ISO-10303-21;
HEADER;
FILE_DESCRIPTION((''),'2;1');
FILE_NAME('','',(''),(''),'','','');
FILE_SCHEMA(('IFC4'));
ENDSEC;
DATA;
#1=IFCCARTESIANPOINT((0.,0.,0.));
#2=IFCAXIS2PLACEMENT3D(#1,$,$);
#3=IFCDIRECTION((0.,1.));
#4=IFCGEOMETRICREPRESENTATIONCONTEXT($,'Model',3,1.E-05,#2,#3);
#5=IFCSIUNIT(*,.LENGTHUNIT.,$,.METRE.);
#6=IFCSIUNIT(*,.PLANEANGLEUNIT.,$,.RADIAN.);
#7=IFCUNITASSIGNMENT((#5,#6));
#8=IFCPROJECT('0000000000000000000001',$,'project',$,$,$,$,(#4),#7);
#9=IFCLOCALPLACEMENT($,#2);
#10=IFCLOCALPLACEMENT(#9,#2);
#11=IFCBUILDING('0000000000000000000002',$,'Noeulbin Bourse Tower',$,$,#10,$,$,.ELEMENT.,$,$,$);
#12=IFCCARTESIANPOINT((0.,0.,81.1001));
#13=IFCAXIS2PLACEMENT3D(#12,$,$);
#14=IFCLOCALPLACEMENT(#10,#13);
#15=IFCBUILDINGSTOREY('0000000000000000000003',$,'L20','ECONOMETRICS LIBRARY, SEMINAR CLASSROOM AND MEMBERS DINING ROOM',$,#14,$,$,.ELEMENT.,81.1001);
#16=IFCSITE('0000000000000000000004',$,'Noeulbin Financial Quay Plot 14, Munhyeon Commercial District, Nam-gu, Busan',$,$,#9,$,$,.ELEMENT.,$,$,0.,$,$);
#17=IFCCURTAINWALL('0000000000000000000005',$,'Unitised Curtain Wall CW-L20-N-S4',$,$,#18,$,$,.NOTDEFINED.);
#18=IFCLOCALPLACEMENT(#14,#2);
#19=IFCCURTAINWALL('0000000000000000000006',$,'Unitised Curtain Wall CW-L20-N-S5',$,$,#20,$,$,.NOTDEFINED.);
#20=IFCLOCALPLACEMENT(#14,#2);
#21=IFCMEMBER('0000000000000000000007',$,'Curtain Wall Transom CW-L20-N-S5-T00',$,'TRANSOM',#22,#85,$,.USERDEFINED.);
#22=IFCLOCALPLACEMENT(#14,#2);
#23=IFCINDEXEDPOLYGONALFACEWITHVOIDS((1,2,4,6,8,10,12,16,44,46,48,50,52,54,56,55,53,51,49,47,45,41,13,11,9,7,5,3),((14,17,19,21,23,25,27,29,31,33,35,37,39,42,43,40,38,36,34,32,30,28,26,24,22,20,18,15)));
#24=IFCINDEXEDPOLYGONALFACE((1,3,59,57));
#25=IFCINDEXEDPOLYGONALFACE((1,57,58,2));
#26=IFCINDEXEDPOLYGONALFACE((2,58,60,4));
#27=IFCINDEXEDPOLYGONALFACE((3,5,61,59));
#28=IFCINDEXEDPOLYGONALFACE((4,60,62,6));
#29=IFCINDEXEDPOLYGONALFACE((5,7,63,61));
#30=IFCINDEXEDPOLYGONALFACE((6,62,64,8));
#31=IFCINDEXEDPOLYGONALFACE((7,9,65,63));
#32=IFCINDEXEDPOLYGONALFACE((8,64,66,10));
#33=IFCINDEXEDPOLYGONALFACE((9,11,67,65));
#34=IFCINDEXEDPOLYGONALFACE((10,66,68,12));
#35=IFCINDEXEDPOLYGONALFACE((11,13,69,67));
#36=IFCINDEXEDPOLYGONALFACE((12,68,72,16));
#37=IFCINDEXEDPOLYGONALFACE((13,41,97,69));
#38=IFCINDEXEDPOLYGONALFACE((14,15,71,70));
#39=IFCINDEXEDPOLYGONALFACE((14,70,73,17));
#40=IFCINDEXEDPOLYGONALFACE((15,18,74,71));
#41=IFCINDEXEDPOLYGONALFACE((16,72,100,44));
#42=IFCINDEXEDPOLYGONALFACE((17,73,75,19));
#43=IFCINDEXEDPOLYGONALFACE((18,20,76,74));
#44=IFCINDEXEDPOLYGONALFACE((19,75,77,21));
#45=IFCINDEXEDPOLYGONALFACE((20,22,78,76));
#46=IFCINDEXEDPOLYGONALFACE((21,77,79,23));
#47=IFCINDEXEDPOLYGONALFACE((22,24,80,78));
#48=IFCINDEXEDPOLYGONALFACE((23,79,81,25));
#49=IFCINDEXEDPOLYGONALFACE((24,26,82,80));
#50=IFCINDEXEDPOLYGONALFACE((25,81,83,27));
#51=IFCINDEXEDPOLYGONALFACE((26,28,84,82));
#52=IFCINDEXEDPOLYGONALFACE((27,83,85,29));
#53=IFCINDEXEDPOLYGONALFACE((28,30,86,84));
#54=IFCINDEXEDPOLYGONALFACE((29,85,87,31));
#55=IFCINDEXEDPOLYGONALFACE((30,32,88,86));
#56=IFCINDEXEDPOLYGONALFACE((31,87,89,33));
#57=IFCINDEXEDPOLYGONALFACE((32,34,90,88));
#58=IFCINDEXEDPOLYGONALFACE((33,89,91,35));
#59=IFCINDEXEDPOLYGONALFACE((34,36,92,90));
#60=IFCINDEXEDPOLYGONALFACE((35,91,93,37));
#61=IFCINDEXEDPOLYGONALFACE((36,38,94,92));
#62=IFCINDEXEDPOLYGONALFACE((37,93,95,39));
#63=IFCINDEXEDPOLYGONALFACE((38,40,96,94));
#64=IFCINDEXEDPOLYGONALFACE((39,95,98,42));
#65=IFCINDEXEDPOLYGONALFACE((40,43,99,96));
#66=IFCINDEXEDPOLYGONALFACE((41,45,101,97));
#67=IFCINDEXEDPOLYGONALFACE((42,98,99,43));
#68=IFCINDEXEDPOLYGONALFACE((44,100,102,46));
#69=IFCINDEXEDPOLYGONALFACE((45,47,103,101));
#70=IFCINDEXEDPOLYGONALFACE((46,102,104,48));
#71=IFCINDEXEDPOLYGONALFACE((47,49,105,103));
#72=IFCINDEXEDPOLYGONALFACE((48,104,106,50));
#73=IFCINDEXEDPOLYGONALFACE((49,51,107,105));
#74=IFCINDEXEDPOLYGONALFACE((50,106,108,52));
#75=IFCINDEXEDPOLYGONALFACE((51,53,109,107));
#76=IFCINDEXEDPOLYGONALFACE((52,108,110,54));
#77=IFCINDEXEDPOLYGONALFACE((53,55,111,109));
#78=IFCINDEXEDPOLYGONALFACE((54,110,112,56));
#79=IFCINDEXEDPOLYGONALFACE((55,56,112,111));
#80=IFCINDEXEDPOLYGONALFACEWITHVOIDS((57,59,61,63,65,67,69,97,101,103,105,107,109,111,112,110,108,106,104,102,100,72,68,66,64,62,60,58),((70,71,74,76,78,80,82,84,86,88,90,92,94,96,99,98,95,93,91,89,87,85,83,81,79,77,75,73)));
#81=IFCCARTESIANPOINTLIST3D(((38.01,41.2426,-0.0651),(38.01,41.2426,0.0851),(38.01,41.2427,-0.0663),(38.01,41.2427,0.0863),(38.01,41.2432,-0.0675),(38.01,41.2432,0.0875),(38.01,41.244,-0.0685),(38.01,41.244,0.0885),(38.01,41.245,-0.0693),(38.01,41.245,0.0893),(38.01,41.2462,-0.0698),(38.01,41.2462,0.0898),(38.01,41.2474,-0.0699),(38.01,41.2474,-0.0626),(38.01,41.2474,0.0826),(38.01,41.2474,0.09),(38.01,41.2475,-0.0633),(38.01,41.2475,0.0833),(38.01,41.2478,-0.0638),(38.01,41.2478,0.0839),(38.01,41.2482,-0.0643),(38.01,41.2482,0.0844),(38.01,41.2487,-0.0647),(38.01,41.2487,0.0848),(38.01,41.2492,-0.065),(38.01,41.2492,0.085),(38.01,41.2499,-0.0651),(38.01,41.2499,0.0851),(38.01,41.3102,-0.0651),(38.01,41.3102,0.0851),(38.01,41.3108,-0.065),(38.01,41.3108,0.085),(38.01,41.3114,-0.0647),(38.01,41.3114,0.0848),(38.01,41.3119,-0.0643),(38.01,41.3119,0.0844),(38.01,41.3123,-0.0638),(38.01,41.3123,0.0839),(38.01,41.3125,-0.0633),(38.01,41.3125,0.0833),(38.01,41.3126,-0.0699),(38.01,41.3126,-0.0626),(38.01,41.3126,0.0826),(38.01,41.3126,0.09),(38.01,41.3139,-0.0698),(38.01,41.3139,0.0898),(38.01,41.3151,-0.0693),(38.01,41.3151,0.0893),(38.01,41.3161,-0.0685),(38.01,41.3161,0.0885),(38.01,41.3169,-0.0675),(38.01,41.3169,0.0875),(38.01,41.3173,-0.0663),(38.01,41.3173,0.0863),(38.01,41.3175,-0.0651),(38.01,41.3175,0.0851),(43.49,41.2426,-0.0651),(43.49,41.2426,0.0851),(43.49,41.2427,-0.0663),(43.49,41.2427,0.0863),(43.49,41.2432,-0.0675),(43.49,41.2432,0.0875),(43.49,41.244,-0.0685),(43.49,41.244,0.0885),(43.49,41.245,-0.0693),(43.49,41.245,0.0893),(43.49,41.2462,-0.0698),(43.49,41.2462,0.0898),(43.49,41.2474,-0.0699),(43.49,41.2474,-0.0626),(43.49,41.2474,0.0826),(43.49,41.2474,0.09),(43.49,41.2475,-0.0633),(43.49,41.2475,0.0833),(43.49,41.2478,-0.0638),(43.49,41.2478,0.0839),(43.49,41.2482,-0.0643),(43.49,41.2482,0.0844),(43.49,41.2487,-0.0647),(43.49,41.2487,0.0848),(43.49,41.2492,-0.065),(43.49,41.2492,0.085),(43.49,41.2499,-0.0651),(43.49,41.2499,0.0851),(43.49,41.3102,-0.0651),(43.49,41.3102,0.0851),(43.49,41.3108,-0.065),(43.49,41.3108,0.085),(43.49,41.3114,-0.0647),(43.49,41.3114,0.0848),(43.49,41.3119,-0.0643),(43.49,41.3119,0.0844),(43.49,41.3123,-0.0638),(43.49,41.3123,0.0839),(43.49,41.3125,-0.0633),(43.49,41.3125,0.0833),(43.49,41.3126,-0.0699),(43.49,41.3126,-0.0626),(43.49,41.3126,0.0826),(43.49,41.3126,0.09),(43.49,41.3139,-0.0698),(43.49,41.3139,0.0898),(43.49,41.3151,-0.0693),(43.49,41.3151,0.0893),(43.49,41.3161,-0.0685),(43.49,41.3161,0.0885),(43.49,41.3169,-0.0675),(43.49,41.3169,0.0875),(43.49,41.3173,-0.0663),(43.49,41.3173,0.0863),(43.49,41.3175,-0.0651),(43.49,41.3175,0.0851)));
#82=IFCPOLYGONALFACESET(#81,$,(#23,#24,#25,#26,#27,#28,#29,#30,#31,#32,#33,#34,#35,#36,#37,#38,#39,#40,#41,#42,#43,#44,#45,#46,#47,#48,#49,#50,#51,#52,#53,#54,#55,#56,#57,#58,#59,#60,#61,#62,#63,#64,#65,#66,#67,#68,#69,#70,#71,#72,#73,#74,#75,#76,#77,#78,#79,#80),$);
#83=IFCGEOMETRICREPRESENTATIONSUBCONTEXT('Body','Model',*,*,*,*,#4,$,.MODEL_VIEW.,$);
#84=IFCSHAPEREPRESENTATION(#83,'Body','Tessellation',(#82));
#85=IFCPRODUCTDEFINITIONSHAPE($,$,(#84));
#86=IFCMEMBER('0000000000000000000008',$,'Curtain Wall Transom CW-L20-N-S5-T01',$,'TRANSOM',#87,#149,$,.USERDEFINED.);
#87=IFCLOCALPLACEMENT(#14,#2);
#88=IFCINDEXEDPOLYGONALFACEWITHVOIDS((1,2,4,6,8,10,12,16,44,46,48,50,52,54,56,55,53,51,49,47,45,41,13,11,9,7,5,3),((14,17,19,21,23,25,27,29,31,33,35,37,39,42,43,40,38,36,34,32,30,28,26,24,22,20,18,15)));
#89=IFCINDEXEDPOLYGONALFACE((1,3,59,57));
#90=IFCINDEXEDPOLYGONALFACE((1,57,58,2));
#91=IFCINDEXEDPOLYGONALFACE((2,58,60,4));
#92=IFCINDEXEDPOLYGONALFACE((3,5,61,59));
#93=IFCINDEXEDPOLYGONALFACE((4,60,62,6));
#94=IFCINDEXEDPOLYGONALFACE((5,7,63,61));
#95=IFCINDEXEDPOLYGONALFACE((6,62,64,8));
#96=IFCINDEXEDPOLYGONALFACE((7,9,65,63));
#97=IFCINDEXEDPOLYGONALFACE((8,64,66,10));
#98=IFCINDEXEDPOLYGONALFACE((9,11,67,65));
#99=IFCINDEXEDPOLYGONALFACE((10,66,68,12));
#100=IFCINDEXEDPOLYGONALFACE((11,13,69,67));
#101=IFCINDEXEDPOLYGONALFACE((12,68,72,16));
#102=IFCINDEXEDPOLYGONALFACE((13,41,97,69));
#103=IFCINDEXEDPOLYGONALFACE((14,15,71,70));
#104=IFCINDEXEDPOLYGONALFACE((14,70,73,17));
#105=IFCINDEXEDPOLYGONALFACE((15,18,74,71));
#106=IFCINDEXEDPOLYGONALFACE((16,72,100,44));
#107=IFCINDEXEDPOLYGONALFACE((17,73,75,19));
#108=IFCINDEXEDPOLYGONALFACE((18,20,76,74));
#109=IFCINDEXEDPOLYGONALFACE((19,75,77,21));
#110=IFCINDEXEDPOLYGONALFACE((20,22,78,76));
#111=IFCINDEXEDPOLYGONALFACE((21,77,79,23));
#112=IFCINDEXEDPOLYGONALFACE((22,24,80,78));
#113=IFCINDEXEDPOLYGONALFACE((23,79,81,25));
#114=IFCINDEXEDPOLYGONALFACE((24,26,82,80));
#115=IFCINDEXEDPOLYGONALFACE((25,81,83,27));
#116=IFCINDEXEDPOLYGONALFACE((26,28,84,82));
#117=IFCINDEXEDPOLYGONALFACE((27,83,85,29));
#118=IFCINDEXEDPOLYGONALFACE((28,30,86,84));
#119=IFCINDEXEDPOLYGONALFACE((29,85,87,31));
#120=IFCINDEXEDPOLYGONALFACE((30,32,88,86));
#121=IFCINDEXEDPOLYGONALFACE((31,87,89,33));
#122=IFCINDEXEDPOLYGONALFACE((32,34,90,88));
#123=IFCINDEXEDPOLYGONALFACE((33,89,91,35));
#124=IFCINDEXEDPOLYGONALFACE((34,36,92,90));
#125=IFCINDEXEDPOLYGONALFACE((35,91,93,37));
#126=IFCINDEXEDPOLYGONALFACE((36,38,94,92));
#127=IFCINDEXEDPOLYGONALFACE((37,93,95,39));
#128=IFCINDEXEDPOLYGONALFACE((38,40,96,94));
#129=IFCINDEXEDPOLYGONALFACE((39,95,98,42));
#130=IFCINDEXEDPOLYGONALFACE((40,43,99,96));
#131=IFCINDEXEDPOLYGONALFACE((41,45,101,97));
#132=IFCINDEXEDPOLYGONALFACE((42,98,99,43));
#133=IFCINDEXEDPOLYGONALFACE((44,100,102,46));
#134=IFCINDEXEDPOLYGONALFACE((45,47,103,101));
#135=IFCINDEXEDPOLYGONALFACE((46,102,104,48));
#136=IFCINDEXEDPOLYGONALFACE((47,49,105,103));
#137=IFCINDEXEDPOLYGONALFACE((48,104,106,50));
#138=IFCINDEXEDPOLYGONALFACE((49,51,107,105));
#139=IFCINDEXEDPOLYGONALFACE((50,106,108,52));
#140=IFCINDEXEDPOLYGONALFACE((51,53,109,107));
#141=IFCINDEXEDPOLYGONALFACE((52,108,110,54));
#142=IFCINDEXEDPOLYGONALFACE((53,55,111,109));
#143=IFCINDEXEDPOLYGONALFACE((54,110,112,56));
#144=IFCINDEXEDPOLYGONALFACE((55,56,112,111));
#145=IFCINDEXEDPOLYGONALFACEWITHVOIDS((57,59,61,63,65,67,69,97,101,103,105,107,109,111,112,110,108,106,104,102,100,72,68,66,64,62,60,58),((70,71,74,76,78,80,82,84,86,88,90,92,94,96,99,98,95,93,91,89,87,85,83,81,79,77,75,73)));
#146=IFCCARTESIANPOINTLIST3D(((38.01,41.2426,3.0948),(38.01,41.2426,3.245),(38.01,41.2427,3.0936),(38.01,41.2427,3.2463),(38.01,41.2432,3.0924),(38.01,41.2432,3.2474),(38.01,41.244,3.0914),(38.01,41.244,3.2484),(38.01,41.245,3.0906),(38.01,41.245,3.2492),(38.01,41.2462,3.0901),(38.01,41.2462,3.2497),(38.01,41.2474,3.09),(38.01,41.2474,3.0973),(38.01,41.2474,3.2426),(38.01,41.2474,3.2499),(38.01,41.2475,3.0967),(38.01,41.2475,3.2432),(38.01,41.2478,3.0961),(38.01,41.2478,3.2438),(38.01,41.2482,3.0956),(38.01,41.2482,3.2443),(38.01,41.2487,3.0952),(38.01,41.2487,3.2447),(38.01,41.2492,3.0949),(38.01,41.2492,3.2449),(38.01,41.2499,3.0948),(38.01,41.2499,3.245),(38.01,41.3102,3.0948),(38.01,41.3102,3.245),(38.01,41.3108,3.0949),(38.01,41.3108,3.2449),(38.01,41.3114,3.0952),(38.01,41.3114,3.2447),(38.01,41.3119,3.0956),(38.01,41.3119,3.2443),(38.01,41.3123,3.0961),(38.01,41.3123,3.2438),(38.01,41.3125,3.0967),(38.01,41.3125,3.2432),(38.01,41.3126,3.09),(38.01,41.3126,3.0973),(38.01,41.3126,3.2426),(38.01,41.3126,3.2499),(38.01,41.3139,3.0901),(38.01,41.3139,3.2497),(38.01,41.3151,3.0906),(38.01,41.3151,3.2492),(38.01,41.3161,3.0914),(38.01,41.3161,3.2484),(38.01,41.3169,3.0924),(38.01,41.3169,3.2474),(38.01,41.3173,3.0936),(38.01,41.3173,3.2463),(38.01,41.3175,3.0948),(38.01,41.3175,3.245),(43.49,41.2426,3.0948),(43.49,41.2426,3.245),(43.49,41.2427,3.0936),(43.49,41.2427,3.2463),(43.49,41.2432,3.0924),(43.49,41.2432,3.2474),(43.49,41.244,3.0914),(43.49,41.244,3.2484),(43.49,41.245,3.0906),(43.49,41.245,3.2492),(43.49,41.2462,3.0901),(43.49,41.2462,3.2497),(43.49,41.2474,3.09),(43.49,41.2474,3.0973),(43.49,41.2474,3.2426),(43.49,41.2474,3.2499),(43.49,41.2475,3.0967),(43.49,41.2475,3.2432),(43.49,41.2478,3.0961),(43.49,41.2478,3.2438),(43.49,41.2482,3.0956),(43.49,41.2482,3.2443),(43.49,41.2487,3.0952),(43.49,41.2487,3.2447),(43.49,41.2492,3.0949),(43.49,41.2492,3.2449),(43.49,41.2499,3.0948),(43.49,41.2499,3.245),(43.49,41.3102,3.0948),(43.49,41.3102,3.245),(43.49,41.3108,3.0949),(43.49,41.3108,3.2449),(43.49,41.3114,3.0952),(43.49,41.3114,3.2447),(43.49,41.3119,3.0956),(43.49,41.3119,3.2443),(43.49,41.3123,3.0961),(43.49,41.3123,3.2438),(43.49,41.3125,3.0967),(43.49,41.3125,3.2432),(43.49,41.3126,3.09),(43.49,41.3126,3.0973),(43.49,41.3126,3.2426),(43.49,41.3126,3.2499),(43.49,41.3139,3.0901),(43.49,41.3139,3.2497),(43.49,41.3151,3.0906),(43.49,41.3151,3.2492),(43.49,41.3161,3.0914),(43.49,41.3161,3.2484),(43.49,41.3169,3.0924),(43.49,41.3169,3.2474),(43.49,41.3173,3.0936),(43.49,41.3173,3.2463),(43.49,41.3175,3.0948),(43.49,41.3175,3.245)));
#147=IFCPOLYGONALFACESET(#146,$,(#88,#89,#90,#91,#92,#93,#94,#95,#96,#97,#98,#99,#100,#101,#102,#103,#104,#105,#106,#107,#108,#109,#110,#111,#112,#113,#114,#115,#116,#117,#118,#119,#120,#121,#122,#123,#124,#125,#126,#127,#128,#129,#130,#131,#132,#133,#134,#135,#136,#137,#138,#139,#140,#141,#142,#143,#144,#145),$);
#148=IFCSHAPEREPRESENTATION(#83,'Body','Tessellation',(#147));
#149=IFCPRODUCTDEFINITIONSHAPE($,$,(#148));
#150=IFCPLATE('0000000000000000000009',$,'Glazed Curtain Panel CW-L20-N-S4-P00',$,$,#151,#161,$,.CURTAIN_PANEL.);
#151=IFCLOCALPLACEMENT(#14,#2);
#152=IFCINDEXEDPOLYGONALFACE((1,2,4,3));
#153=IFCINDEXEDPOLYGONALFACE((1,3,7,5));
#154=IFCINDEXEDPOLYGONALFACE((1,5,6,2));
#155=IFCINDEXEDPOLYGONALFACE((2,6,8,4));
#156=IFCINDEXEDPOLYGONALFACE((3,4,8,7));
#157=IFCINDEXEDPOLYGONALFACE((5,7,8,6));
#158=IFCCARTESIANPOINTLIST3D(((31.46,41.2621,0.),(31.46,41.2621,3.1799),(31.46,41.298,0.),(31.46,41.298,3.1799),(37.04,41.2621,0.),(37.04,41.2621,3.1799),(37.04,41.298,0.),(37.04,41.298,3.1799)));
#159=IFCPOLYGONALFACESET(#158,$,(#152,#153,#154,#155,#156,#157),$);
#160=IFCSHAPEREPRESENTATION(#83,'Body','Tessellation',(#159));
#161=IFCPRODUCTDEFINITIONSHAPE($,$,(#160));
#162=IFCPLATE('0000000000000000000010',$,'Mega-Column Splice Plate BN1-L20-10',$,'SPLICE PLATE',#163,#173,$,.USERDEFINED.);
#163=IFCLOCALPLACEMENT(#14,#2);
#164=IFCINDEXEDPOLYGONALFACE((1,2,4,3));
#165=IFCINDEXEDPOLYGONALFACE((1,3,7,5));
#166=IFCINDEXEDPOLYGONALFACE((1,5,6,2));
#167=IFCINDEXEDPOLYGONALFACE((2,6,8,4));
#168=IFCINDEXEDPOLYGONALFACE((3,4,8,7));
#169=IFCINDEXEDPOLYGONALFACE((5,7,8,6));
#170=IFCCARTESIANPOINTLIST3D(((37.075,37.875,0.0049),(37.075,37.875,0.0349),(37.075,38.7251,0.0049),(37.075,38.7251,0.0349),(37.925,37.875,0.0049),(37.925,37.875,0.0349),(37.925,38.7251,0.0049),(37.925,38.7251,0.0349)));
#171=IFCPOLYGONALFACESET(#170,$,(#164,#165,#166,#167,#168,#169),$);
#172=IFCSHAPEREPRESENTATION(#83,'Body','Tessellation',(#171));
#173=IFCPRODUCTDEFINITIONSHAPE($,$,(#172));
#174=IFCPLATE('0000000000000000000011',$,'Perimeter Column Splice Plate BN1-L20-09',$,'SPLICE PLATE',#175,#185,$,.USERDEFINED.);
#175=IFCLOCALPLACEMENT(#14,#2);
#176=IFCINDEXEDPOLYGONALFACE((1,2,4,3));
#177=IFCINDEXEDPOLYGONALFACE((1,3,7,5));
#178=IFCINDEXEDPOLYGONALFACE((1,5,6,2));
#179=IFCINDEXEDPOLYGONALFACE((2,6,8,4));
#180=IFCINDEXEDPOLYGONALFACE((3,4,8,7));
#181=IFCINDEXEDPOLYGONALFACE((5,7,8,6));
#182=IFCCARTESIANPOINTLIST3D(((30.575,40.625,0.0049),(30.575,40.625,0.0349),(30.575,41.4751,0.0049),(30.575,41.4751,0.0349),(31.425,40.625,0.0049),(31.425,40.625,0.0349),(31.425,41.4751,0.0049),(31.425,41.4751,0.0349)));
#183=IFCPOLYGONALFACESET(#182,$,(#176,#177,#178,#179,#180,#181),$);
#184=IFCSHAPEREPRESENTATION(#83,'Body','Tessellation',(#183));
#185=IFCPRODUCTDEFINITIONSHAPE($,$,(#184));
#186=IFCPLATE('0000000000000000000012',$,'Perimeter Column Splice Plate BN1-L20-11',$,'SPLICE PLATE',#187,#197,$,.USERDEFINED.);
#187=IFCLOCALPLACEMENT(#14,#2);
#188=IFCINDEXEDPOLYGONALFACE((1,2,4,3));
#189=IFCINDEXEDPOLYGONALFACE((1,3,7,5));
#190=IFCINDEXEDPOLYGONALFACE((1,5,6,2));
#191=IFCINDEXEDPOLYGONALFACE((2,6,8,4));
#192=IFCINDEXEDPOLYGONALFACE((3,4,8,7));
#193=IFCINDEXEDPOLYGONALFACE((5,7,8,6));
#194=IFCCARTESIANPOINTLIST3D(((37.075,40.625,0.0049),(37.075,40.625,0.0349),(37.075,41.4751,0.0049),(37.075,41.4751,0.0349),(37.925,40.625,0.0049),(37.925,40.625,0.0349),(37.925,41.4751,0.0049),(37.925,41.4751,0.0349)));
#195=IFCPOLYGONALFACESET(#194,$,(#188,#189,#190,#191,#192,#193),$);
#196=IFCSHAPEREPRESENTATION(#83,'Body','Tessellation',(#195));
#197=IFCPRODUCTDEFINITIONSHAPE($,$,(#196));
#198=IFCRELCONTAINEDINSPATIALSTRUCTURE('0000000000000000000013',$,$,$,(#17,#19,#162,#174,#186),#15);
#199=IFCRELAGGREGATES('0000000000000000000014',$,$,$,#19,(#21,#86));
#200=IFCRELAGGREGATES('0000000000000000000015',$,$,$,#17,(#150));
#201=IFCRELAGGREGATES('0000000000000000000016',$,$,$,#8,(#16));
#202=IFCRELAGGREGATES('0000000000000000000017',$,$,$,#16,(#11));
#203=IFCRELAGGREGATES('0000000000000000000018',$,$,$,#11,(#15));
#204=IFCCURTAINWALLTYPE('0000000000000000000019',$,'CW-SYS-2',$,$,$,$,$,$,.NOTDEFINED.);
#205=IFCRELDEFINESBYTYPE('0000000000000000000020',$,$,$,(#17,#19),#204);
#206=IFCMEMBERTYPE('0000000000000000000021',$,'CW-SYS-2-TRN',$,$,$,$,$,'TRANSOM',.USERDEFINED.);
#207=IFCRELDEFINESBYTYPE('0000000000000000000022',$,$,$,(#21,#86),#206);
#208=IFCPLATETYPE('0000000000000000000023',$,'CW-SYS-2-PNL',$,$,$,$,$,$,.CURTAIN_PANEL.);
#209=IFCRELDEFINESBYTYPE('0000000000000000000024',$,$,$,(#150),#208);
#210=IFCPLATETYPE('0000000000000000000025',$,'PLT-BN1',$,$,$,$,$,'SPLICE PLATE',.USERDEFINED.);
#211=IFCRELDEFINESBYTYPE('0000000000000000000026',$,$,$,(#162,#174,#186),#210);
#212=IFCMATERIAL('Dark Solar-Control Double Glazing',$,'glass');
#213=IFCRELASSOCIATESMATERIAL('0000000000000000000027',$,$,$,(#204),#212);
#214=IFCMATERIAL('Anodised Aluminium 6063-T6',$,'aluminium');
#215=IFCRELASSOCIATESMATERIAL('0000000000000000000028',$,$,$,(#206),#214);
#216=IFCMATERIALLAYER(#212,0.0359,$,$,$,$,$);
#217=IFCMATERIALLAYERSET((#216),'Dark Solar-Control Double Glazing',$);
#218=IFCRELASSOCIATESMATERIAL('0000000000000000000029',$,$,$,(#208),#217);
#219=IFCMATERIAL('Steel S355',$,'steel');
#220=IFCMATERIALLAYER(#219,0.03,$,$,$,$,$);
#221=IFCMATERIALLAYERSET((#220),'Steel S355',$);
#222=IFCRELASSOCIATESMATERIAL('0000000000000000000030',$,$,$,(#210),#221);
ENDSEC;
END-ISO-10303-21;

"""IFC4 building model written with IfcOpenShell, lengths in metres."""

from ifc_helpers import new_model, si_unit, direction, frame, origin, origin_2d, place, context, subcontext, project, spatial, rectangle, hollow_rectangle, extrude, material, layer, layer_set, material_profile, profile_set, type_object, element, aggregate, save


model = new_model("IFC4")

# Units and contexts
model_context = context("Model", 3, precision=1e-05, world=origin(), true_north=direction((0.0, 1.0)))
body_context = subcontext(model_context, "Body", "Model", "MODEL_VIEW")
ifc_project = project(units=[si_unit("LENGTHUNIT", "METRE"), si_unit("PLANEANGLEUNIT", "RADIAN")], contexts=[model_context])

# Site, building, storey
site_placement = place(None, origin())
site = spatial("IfcSite", under=ifc_project, at=site_placement, Name="Noeulbin Financial Quay Plot 14, Munhyeon Commercial District, Nam-gu, Busan", CompositionType="ELEMENT", RefElevation=0.0)
building_placement = place(site_placement, origin())
building = spatial("IfcBuilding", under=site, at=building_placement, Name="Noeulbin Bourse Tower", CompositionType="ELEMENT")
storey_placement = place(building_placement, frame((0.0, 0.0, 81.1001)))
storey = spatial("IfcBuildingStorey", under=building, at=storey_placement, Name="L20", Description="ECONOMETRICS LIBRARY, SEMINAR CLASSROOM AND MEMBERS DINING ROOM", CompositionType="ELEMENT", Elevation=81.1001)

# Shared definitions
ifc_material_1 = material(Name="Steel S355", Category="steel")

# Shared definitions
ifc_material_2 = material(Name="Dark Solar-Control Double Glazing", Category="glass")
curtain_wall_type = type_object("IfcCurtainWallType", Name="CW-SYS-2", PredefinedType="NOTDEFINED", material=ifc_material_2)
ifc_material_3 = material(Name="Anodised Aluminium 6063-T6", Category="aluminium")

# Curtain wall
curtain_wall_1_placement = place(storey_placement, origin())
curtain_wall_1 = element("IfcCurtainWall", 1, at=curtain_wall_1_placement, inside=storey, type_object=curtain_wall_type, Name="Unitised Curtain Wall CW-L20-N-S4", PredefinedType="NOTDEFINED")

# Curtain wall
curtain_wall_2_placement = place(storey_placement, origin())
curtain_wall_2 = element("IfcCurtainWall", 2, at=curtain_wall_2_placement, inside=storey, type_object=curtain_wall_type, Name="Unitised Curtain Wall CW-L20-N-S5", PredefinedType="NOTDEFINED")

# Members
ifc_material_profile_1 = material_profile(ifc_material_3, hollow_rectangle(XDim=0.075, YDim=0.1599, WallThickness=0.0049, InnerFilletRadius=0.0024, OuterFilletRadius=0.0049, at=origin_2d()), Name="ALU-TRAN-75x160x5", Category="LoadBearing")
ifc_profile_set_1 = profile_set([ifc_material_profile_1], Name="Anodised Aluminium 6063-T6")
member_type_1 = type_object("IfcMemberType", Name="CW-SYS-2-TRN", ElementType="TRANSOM", PredefinedType="USERDEFINED", material=ifc_profile_set_1)
member_1_placement = place(storey_placement, frame((38.01, 41.28, 0.01), z_axis=(1.0, 0.0, 0.0), x_axis=(0.0, 1.0, 0.0)))
member_1 = element("IfcMember", 3, at=member_1_placement, type_object=member_type_1, Name="Curtain Wall Transom CW-L20-N-S5-T00", ObjectType="TRANSOM", PredefinedType="USERDEFINED", context=body_context, shape_type="SweptSolid", body=[
    extrude(hollow_rectangle(XDim=0.075, YDim=0.1599, WallThickness=0.0049, InnerFilletRadius=0.0024, OuterFilletRadius=0.0049, at=origin_2d()), origin(), (0.0, 0.0, 1.0), 5.48),
])
member_2_placement = place(storey_placement, frame((38.01, 41.28, 3.1699), z_axis=(1.0, 0.0, 0.0), x_axis=(0.0, 1.0, 0.0)))
member_2 = element("IfcMember", 4, at=member_2_placement, type_object=member_type_1, Name="Curtain Wall Transom CW-L20-N-S5-T01", ObjectType="TRANSOM", PredefinedType="USERDEFINED", context=body_context, shape_type="SweptSolid", body=[
    extrude(hollow_rectangle(XDim=0.075, YDim=0.1599, WallThickness=0.0049, InnerFilletRadius=0.0024, OuterFilletRadius=0.0049, at=origin_2d()), origin(), (0.0, 0.0, 1.0), 5.48),
])
aggregate(curtain_wall_2, [member_1, member_2])

# Plate
ifc_layer_1 = layer(ifc_material_2, 0.0359)
ifc_layer_set_1 = layer_set([ifc_layer_1], Name="Dark Solar-Control Double Glazing")
plate_type_1 = type_object("IfcPlateType", Name="CW-SYS-2-PNL", PredefinedType="CURTAIN_PANEL", material=ifc_layer_set_1)
plate_placement = place(storey_placement, frame((34.25, 41.28, 0.0), z_axis=(0.0, 0.0, 1.0), x_axis=(1.0, 0.0, 0.0)))
plate = element("IfcPlate", 5, at=plate_placement, type_object=plate_type_1, Name="Glazed Curtain Panel CW-L20-N-S4-P00", PredefinedType="CURTAIN_PANEL", context=body_context, shape_type="SweptSolid", body=[
    extrude(rectangle(XDim=5.5801, YDim=0.0359, at=origin_2d()), origin(), (0.0, 0.0, 1.0), 3.1799),
])
aggregate(curtain_wall_1, [plate])

# Plates
ifc_layer_2 = layer(ifc_material_1, 0.03)
ifc_layer_set_2 = layer_set([ifc_layer_2], Name="Steel S355")
plate_type_2 = type_object("IfcPlateType", Name="PLT-BN1", ElementType="SPLICE PLATE", PredefinedType="USERDEFINED", material=ifc_layer_set_2)
for number, where, z_axis, x_axis, name in (
    (6, (37.5, 38.3, 0.0049), (0.0, 0.0, 1.0), (1.0, 0.0, 0.0), "Mega-Column Splice Plate BN1-L20-10"),
    (7, (31.0, 41.05, 0.0049), (0.0, 0.0, 1.0), (1.0, 0.0, 0.0), "Perimeter Column Splice Plate BN1-L20-09"),
    (8, (37.5, 41.05, 0.0049), (0.0, 0.0, 1.0), (1.0, 0.0, 0.0), "Perimeter Column Splice Plate BN1-L20-11"),
):
    element("IfcPlate", number, at=place(storey_placement, frame(where, z_axis=z_axis, x_axis=x_axis)), inside=storey, type_object=plate_type_2, Name=name, ObjectType="SPLICE PLATE", PredefinedType="USERDEFINED", context=body_context, shape_type="SweptSolid", body=[
        extrude(rectangle(XDim=0.8501, YDim=0.8501, at=origin_2d()), origin(), (0.0, 0.0, 1.0), 0.03),
    ])

save(model, "model.ifc")
